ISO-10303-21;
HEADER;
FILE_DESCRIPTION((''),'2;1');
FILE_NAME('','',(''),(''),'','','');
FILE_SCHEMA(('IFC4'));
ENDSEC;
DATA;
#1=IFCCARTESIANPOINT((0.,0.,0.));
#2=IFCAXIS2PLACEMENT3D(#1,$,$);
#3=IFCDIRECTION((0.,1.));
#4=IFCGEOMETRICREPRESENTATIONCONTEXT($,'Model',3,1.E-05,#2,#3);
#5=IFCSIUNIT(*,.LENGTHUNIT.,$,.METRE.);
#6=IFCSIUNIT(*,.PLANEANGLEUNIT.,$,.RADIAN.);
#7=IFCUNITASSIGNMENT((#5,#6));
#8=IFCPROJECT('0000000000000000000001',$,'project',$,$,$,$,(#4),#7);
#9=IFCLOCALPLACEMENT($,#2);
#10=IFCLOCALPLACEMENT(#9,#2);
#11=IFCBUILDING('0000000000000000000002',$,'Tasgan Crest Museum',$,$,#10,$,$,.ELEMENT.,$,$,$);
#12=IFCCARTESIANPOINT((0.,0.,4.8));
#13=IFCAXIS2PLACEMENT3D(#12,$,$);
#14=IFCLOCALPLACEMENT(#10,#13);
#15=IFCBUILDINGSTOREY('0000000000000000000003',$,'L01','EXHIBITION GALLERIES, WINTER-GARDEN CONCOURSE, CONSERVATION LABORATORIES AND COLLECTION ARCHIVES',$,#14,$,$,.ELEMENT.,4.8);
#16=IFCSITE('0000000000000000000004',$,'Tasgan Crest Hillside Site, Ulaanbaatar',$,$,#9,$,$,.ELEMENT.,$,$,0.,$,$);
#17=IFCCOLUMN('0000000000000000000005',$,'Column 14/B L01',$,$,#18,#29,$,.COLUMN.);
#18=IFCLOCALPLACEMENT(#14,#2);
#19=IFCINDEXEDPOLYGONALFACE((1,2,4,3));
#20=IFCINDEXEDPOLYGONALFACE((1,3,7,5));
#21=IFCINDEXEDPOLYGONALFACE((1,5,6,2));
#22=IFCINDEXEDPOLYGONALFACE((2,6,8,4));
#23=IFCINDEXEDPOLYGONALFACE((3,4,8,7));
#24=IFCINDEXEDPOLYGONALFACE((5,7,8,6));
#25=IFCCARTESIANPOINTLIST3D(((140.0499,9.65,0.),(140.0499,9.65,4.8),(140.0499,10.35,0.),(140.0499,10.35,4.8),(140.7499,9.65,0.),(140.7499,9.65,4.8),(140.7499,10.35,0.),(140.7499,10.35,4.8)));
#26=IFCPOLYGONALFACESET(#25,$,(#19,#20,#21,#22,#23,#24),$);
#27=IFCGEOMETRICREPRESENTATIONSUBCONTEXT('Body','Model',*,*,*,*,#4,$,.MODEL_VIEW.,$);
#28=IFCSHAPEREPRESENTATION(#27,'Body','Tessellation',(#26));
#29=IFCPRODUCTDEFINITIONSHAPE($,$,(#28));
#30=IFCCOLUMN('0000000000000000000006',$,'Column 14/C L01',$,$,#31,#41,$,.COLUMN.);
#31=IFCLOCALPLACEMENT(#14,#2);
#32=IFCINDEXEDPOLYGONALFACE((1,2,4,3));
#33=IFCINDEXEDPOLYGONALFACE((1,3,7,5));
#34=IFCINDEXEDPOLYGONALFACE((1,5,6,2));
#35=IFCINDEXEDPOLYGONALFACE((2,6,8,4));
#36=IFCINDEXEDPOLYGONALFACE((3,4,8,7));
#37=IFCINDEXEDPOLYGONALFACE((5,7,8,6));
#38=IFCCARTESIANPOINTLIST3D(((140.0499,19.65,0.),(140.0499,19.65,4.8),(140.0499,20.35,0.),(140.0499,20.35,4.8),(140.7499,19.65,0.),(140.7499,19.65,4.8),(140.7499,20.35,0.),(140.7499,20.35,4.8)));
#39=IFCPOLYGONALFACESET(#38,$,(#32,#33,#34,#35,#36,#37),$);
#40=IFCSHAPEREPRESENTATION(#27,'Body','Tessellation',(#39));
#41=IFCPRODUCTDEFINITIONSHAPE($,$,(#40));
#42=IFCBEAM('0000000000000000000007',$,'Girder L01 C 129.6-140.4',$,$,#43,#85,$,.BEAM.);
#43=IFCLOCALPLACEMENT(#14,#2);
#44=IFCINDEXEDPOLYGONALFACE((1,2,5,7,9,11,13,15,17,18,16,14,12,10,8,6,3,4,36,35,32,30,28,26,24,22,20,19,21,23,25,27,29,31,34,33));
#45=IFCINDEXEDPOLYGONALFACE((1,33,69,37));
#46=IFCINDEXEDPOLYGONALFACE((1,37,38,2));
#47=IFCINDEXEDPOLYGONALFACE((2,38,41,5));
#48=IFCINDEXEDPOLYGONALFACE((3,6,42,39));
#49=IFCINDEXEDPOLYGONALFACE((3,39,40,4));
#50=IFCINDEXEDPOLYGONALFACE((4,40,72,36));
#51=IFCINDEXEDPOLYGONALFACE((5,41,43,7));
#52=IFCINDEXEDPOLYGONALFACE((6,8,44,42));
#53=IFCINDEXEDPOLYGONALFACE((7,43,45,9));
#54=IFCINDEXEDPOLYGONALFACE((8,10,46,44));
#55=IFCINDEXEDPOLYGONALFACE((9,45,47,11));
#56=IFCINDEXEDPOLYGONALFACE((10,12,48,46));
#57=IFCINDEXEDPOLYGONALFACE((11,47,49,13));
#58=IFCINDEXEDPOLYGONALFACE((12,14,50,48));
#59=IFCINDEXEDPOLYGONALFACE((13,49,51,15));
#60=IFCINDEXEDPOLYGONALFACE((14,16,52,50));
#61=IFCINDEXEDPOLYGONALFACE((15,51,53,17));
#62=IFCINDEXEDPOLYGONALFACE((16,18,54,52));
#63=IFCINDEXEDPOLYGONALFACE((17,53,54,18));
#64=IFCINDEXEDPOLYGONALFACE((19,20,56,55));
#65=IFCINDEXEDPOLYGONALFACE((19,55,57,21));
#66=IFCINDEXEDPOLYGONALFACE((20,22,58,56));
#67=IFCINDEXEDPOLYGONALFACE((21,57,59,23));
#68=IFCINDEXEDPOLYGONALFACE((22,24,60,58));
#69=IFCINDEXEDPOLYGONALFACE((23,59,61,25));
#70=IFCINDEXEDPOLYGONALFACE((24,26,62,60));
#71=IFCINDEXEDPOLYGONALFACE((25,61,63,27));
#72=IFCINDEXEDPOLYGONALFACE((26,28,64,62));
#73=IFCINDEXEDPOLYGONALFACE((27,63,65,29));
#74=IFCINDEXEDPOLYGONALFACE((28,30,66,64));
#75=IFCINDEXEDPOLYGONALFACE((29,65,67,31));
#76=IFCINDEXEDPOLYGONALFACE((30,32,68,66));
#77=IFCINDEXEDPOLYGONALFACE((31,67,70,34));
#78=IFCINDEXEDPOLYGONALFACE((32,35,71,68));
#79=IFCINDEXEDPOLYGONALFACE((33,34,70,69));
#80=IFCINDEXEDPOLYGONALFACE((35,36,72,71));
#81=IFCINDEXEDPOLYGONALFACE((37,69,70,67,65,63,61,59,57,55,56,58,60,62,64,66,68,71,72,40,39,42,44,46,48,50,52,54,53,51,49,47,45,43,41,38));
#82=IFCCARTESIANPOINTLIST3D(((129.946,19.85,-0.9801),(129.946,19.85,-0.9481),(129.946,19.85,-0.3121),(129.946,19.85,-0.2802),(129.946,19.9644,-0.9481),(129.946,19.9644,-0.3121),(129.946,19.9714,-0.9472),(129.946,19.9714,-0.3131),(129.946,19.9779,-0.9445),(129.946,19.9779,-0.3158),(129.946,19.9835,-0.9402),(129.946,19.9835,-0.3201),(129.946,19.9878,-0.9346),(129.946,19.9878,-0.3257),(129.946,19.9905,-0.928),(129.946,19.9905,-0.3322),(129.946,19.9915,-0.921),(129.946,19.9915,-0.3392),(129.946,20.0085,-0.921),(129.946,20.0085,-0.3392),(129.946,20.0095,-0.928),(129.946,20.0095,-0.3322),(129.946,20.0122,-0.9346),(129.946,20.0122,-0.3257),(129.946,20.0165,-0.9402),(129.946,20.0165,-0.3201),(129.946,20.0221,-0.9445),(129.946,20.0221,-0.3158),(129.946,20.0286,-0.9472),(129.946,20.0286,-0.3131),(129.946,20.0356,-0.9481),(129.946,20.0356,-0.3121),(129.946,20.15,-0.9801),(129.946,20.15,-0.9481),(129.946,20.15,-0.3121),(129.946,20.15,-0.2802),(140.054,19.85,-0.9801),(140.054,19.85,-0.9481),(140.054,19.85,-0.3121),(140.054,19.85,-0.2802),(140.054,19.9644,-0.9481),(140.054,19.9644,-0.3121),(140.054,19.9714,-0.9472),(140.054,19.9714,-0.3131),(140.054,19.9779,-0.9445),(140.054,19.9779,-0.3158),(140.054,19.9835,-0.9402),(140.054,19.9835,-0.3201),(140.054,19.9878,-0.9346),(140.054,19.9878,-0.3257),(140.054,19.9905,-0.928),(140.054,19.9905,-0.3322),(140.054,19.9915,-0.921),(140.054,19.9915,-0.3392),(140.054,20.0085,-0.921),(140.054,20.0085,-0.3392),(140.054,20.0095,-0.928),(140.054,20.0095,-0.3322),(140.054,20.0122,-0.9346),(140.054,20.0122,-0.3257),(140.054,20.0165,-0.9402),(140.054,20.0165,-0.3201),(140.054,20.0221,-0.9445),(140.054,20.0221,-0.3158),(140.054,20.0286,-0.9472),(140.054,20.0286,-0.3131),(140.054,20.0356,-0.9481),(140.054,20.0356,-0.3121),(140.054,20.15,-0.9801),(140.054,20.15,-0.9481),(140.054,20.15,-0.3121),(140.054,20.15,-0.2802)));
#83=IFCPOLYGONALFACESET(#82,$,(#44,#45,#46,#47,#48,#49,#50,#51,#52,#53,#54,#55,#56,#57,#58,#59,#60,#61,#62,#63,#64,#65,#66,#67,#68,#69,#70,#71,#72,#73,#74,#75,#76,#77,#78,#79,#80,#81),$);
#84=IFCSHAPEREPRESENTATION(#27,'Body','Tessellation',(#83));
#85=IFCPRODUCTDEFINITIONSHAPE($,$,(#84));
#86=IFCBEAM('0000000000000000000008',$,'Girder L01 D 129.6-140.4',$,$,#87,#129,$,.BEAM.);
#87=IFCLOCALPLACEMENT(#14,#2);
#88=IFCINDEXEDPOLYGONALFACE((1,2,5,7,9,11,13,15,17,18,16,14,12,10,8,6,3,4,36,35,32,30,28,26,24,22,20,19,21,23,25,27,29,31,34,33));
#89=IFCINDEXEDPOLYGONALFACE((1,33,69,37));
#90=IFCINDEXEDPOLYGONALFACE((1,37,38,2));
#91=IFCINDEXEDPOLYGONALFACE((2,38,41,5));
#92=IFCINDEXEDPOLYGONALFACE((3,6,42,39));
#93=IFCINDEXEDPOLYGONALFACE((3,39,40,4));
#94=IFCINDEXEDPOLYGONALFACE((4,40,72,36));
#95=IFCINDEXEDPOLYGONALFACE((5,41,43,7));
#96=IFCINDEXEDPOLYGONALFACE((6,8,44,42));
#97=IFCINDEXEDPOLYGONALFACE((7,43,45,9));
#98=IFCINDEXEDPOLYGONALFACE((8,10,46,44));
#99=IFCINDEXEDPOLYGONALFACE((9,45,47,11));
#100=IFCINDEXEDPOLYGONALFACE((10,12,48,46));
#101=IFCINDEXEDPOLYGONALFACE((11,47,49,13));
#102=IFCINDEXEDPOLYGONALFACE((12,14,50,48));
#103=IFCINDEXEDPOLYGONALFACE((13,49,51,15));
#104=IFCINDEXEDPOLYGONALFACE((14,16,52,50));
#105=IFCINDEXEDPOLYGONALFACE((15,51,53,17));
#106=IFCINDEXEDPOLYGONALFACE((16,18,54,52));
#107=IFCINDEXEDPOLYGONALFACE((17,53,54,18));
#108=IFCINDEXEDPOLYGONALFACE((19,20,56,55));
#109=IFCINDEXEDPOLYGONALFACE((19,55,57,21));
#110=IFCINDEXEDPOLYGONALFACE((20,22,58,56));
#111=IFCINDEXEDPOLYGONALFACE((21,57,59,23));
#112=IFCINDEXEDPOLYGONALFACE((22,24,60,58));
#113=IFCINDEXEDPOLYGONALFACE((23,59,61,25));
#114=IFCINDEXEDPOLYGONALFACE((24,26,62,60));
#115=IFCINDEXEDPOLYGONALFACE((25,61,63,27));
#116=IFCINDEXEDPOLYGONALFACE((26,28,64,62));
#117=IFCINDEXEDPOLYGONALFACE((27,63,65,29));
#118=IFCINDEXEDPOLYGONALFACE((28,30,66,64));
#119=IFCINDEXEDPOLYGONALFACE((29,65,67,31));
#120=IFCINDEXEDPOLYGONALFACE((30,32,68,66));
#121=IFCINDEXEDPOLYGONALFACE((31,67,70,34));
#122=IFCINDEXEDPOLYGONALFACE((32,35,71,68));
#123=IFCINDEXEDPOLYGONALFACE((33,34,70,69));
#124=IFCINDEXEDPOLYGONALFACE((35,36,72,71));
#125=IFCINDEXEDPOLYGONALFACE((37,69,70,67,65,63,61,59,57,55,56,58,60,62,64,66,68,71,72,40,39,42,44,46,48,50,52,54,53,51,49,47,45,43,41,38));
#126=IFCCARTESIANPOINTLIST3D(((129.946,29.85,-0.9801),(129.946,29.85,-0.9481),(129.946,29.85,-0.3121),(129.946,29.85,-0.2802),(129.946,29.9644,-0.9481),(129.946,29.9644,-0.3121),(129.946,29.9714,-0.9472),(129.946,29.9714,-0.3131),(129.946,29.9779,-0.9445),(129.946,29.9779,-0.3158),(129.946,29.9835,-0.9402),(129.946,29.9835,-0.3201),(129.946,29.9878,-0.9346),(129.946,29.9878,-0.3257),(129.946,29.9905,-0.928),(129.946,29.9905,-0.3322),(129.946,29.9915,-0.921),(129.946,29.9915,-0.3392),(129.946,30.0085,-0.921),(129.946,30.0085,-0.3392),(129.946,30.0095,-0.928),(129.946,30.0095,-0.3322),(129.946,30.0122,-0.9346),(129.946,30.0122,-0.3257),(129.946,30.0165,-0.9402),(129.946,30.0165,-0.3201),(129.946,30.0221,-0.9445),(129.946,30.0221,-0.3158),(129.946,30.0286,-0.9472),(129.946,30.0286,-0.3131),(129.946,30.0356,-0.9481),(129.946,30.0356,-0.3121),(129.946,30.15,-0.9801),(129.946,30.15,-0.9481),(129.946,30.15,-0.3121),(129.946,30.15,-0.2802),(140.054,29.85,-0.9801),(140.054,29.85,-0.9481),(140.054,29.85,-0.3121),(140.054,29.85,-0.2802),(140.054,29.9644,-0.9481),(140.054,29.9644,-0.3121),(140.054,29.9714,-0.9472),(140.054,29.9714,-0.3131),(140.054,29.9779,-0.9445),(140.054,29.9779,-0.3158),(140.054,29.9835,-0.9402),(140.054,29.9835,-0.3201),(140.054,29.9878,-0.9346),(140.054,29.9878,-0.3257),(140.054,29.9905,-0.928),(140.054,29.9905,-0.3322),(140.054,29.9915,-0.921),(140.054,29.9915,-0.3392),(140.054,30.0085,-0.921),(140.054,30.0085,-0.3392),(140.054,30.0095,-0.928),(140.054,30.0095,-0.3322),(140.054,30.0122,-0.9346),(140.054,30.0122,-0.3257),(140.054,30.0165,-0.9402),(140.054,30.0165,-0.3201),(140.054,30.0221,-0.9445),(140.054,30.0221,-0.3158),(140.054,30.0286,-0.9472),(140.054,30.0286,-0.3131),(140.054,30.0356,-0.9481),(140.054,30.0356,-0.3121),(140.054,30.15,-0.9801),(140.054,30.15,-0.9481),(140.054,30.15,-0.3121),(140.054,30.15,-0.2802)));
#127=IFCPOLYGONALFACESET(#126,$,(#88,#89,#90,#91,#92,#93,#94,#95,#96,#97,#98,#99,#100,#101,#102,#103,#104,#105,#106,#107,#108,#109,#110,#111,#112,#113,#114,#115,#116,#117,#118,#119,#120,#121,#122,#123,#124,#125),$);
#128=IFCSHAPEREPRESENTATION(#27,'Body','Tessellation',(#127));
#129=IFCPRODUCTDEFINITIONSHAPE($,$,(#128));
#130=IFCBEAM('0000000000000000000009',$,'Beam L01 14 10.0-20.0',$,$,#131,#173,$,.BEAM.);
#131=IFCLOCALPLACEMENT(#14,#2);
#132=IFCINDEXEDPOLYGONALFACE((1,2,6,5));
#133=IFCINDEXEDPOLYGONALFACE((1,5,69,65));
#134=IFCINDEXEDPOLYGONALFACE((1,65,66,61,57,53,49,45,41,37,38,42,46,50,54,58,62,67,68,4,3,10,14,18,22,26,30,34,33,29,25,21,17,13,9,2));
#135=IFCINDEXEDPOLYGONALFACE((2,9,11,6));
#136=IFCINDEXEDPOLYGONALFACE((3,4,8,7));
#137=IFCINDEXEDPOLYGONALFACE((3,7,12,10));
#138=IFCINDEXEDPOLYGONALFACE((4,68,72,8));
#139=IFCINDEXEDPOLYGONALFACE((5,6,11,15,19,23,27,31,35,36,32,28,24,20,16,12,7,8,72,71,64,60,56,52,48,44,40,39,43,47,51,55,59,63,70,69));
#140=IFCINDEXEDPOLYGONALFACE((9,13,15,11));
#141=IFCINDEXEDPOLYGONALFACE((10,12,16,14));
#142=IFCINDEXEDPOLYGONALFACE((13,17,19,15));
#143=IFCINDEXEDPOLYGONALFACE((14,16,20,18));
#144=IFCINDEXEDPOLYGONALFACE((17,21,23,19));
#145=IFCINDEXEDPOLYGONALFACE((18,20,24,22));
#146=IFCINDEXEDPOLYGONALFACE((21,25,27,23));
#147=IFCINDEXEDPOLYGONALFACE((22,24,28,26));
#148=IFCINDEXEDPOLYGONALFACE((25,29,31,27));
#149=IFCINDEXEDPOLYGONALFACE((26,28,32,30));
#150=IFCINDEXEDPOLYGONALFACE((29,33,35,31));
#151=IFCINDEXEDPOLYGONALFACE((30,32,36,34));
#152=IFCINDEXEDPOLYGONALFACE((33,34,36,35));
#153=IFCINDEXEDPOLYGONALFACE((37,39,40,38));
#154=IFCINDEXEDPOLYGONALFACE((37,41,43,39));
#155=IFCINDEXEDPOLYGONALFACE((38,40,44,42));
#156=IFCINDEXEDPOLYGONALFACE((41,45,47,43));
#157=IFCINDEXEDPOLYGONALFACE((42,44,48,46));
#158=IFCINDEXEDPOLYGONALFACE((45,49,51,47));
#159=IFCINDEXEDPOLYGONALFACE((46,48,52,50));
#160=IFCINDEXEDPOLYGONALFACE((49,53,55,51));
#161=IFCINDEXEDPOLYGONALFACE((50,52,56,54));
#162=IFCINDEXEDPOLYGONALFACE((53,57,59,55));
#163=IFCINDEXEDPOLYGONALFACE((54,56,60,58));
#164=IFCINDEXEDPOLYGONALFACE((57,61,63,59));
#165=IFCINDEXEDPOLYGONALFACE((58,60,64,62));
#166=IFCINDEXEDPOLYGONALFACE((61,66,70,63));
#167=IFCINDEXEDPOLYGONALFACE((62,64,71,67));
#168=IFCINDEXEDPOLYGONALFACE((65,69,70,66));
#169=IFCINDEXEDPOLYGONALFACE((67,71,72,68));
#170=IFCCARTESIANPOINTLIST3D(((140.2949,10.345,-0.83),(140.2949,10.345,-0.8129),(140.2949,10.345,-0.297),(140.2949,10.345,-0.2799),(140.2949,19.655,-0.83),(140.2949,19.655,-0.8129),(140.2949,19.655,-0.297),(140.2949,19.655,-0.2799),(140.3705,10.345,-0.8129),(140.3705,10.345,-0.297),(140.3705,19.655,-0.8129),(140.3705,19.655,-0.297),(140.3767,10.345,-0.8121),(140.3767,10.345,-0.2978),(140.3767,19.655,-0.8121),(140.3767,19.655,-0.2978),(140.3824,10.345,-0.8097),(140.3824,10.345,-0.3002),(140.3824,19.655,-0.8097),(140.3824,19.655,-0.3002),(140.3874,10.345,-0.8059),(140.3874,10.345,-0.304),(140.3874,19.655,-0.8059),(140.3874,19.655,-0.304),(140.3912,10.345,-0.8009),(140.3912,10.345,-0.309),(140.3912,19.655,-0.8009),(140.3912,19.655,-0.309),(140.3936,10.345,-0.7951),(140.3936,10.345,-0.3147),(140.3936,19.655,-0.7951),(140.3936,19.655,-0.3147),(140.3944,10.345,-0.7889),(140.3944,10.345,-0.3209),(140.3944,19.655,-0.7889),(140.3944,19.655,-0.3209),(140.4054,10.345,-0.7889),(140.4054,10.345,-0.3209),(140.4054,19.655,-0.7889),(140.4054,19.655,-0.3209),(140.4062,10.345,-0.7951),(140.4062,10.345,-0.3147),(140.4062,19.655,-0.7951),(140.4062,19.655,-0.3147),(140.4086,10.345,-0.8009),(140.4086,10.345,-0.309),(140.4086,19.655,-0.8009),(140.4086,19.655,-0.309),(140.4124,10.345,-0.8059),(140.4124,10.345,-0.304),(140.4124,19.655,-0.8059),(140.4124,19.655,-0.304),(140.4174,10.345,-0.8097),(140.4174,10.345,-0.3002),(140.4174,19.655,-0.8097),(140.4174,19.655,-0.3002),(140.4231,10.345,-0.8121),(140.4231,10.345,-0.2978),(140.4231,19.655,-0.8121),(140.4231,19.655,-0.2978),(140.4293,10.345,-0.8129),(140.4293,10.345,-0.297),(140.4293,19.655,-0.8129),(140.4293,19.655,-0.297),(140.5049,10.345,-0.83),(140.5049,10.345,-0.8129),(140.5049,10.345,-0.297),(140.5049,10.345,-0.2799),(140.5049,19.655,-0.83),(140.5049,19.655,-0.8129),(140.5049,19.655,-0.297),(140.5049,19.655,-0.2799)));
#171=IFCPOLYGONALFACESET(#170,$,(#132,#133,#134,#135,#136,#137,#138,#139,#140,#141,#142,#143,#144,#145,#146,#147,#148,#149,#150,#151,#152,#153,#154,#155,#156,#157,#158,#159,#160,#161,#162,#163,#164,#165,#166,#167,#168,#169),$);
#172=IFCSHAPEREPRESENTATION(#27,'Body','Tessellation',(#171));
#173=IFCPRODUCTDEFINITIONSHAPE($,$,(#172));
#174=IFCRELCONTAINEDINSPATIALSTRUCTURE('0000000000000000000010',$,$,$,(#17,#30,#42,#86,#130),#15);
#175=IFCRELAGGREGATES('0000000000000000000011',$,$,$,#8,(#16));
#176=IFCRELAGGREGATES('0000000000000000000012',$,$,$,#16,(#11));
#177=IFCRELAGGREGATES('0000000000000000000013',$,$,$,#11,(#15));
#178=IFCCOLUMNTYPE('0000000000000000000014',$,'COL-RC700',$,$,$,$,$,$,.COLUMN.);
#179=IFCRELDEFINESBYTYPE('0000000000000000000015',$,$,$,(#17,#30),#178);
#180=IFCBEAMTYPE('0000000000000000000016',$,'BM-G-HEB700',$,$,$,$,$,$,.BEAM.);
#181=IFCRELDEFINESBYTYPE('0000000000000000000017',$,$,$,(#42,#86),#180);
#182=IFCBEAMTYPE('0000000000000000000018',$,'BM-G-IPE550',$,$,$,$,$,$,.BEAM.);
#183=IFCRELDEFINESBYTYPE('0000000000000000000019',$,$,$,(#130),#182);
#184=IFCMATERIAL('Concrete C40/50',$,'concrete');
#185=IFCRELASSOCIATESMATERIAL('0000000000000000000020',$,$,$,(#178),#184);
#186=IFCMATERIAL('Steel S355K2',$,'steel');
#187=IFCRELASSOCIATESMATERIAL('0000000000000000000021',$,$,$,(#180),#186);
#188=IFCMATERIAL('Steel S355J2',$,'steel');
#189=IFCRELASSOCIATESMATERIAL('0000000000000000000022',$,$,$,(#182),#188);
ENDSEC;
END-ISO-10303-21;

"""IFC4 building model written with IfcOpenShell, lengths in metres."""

from ifc_helpers import new_model, si_unit, direction, frame, origin, origin_2d, place, context, subcontext, project, spatial, rectangle, i_section, extrude, material, material_profile, profile_set, type_object, element, save


model = new_model("IFC4")

# Units and contexts
model_context = context("Model", 3, precision=1e-05, world=origin(), true_north=direction((0.0, 1.0)))
body_context = subcontext(model_context, "Body", "Model", "MODEL_VIEW")
ifc_project = project(units=[si_unit("LENGTHUNIT", "METRE"), si_unit("PLANEANGLEUNIT", "RADIAN")], contexts=[model_context])

# Site, building, storey
site_placement = place(None, origin())
site = spatial("IfcSite", under=ifc_project, at=site_placement, Name="Tasgan Crest Hillside Site, Ulaanbaatar", CompositionType="ELEMENT", RefElevation=0.0)
building_placement = place(site_placement, origin())
building = spatial("IfcBuilding", under=site, at=building_placement, Name="Tasgan Crest Museum", CompositionType="ELEMENT")
storey_placement = place(building_placement, frame((0.0, 0.0, 4.8)))
storey = spatial("IfcBuildingStorey", under=building, at=storey_placement, Name="L01", Description="EXHIBITION GALLERIES, WINTER-GARDEN CONCOURSE, CONSERVATION LABORATORIES AND COLLECTION ARCHIVES", CompositionType="ELEMENT", Elevation=4.8)

# Columns
ifc_material_1 = material(Name="Concrete C40/50", Category="concrete")
ifc_material_profile_1 = material_profile(ifc_material_1, rectangle(XDim=0.7, YDim=0.7, at=origin_2d()), Name="RC 700x700")
ifc_profile_set_1 = profile_set([ifc_material_profile_1], Name="Concrete C40/50")
column_type = type_object("IfcColumnType", Name="COL-RC700", PredefinedType="COLUMN", material=ifc_profile_set_1)
for number, where, z_axis, x_axis, name in (
    (1, (140.3999, 10.0, 0.0), (0.0, 0.0, 1.0), (1.0, 0.0, 0.0), "Column 14/B L01"),
    (2, (140.3999, 20.0, 0.0), (0.0, 0.0, 1.0), (1.0, 0.0, 0.0), "Column 14/C L01"),
):
    element("IfcColumn", number, at=place(storey_placement, frame(where, z_axis=z_axis, x_axis=x_axis)), inside=storey, type_object=column_type, Name=name, PredefinedType="COLUMN", context=body_context, shape_type="SweptSolid", body=[
        extrude(rectangle(XDim=0.7, YDim=0.7, at=origin_2d()), origin(), (0.0, 0.0, 1.0), 4.8),
    ])

# Beams
ifc_material_2 = material(Name="Steel S355K2", Category="steel")
ifc_material_profile_2 = material_profile(ifc_material_2, i_section(OverallWidth=0.3, OverallDepth=0.7, WebThickness=0.0171, FlangeThickness=0.032, FilletRadius=0.0271, at=origin_2d()), Name="HEB 700")
ifc_profile_set_2 = profile_set([ifc_material_profile_2], Name="Steel S355K2")
beam_type_1 = type_object("IfcBeamType", Name="BM-G-HEB700", PredefinedType="BEAM", material=ifc_profile_set_2)
for number, where, z_axis, x_axis, name in (
    (3, (129.946, 20.0, -0.6301), (1.0, 0.0, 0.0), (0.0, 1.0, 0.0), "Girder L01 C 129.6-140.4"),
    (4, (129.946, 30.0, -0.6301), (1.0, 0.0, 0.0), (0.0, 1.0, 0.0), "Girder L01 D 129.6-140.4"),
):
    element("IfcBeam", number, at=place(storey_placement, frame(where, z_axis=z_axis, x_axis=x_axis)), inside=storey, type_object=beam_type_1, Name=name, PredefinedType="BEAM", context=body_context, shape_type="SweptSolid", body=[
        extrude(i_section(OverallWidth=0.3, OverallDepth=0.7, WebThickness=0.0171, FlangeThickness=0.032, FilletRadius=0.0271, at=origin_2d()), origin(), (0.0, 0.0, 1.0), 10.1079),
    ])
ifc_material_3 = material(Name="Steel S355J2", Category="steel")
ifc_material_profile_3 = material_profile(ifc_material_3, i_section(OverallWidth=0.21, OverallDepth=0.55, WebThickness=0.011, FlangeThickness=0.0171, FilletRadius=0.0239, at=origin_2d()), Name="IPE 550")
ifc_profile_set_3 = profile_set([ifc_material_profile_3], Name="Steel S355J2")
beam_type_2 = type_object("IfcBeamType", Name="BM-G-IPE550", PredefinedType="BEAM", material=ifc_profile_set_3)
beam_placement = place(storey_placement, frame((140.3999, 10.345, -0.5549), z_axis=(0.0, 1.0, 0.0), x_axis=(-1.0, 0.0, 0.0)))
element("IfcBeam", 5, at=beam_placement, inside=storey, type_object=beam_type_2, Name="Beam L01 14 10.0-20.0", PredefinedType="BEAM", context=body_context, shape_type="SweptSolid", body=[
    extrude(i_section(OverallWidth=0.21, OverallDepth=0.55, WebThickness=0.011, FlangeThickness=0.0171, FilletRadius=0.0239, at=origin_2d()), origin(), (0.0, 0.0, 1.0), 9.3101),
])

save(model, "model.ifc")
